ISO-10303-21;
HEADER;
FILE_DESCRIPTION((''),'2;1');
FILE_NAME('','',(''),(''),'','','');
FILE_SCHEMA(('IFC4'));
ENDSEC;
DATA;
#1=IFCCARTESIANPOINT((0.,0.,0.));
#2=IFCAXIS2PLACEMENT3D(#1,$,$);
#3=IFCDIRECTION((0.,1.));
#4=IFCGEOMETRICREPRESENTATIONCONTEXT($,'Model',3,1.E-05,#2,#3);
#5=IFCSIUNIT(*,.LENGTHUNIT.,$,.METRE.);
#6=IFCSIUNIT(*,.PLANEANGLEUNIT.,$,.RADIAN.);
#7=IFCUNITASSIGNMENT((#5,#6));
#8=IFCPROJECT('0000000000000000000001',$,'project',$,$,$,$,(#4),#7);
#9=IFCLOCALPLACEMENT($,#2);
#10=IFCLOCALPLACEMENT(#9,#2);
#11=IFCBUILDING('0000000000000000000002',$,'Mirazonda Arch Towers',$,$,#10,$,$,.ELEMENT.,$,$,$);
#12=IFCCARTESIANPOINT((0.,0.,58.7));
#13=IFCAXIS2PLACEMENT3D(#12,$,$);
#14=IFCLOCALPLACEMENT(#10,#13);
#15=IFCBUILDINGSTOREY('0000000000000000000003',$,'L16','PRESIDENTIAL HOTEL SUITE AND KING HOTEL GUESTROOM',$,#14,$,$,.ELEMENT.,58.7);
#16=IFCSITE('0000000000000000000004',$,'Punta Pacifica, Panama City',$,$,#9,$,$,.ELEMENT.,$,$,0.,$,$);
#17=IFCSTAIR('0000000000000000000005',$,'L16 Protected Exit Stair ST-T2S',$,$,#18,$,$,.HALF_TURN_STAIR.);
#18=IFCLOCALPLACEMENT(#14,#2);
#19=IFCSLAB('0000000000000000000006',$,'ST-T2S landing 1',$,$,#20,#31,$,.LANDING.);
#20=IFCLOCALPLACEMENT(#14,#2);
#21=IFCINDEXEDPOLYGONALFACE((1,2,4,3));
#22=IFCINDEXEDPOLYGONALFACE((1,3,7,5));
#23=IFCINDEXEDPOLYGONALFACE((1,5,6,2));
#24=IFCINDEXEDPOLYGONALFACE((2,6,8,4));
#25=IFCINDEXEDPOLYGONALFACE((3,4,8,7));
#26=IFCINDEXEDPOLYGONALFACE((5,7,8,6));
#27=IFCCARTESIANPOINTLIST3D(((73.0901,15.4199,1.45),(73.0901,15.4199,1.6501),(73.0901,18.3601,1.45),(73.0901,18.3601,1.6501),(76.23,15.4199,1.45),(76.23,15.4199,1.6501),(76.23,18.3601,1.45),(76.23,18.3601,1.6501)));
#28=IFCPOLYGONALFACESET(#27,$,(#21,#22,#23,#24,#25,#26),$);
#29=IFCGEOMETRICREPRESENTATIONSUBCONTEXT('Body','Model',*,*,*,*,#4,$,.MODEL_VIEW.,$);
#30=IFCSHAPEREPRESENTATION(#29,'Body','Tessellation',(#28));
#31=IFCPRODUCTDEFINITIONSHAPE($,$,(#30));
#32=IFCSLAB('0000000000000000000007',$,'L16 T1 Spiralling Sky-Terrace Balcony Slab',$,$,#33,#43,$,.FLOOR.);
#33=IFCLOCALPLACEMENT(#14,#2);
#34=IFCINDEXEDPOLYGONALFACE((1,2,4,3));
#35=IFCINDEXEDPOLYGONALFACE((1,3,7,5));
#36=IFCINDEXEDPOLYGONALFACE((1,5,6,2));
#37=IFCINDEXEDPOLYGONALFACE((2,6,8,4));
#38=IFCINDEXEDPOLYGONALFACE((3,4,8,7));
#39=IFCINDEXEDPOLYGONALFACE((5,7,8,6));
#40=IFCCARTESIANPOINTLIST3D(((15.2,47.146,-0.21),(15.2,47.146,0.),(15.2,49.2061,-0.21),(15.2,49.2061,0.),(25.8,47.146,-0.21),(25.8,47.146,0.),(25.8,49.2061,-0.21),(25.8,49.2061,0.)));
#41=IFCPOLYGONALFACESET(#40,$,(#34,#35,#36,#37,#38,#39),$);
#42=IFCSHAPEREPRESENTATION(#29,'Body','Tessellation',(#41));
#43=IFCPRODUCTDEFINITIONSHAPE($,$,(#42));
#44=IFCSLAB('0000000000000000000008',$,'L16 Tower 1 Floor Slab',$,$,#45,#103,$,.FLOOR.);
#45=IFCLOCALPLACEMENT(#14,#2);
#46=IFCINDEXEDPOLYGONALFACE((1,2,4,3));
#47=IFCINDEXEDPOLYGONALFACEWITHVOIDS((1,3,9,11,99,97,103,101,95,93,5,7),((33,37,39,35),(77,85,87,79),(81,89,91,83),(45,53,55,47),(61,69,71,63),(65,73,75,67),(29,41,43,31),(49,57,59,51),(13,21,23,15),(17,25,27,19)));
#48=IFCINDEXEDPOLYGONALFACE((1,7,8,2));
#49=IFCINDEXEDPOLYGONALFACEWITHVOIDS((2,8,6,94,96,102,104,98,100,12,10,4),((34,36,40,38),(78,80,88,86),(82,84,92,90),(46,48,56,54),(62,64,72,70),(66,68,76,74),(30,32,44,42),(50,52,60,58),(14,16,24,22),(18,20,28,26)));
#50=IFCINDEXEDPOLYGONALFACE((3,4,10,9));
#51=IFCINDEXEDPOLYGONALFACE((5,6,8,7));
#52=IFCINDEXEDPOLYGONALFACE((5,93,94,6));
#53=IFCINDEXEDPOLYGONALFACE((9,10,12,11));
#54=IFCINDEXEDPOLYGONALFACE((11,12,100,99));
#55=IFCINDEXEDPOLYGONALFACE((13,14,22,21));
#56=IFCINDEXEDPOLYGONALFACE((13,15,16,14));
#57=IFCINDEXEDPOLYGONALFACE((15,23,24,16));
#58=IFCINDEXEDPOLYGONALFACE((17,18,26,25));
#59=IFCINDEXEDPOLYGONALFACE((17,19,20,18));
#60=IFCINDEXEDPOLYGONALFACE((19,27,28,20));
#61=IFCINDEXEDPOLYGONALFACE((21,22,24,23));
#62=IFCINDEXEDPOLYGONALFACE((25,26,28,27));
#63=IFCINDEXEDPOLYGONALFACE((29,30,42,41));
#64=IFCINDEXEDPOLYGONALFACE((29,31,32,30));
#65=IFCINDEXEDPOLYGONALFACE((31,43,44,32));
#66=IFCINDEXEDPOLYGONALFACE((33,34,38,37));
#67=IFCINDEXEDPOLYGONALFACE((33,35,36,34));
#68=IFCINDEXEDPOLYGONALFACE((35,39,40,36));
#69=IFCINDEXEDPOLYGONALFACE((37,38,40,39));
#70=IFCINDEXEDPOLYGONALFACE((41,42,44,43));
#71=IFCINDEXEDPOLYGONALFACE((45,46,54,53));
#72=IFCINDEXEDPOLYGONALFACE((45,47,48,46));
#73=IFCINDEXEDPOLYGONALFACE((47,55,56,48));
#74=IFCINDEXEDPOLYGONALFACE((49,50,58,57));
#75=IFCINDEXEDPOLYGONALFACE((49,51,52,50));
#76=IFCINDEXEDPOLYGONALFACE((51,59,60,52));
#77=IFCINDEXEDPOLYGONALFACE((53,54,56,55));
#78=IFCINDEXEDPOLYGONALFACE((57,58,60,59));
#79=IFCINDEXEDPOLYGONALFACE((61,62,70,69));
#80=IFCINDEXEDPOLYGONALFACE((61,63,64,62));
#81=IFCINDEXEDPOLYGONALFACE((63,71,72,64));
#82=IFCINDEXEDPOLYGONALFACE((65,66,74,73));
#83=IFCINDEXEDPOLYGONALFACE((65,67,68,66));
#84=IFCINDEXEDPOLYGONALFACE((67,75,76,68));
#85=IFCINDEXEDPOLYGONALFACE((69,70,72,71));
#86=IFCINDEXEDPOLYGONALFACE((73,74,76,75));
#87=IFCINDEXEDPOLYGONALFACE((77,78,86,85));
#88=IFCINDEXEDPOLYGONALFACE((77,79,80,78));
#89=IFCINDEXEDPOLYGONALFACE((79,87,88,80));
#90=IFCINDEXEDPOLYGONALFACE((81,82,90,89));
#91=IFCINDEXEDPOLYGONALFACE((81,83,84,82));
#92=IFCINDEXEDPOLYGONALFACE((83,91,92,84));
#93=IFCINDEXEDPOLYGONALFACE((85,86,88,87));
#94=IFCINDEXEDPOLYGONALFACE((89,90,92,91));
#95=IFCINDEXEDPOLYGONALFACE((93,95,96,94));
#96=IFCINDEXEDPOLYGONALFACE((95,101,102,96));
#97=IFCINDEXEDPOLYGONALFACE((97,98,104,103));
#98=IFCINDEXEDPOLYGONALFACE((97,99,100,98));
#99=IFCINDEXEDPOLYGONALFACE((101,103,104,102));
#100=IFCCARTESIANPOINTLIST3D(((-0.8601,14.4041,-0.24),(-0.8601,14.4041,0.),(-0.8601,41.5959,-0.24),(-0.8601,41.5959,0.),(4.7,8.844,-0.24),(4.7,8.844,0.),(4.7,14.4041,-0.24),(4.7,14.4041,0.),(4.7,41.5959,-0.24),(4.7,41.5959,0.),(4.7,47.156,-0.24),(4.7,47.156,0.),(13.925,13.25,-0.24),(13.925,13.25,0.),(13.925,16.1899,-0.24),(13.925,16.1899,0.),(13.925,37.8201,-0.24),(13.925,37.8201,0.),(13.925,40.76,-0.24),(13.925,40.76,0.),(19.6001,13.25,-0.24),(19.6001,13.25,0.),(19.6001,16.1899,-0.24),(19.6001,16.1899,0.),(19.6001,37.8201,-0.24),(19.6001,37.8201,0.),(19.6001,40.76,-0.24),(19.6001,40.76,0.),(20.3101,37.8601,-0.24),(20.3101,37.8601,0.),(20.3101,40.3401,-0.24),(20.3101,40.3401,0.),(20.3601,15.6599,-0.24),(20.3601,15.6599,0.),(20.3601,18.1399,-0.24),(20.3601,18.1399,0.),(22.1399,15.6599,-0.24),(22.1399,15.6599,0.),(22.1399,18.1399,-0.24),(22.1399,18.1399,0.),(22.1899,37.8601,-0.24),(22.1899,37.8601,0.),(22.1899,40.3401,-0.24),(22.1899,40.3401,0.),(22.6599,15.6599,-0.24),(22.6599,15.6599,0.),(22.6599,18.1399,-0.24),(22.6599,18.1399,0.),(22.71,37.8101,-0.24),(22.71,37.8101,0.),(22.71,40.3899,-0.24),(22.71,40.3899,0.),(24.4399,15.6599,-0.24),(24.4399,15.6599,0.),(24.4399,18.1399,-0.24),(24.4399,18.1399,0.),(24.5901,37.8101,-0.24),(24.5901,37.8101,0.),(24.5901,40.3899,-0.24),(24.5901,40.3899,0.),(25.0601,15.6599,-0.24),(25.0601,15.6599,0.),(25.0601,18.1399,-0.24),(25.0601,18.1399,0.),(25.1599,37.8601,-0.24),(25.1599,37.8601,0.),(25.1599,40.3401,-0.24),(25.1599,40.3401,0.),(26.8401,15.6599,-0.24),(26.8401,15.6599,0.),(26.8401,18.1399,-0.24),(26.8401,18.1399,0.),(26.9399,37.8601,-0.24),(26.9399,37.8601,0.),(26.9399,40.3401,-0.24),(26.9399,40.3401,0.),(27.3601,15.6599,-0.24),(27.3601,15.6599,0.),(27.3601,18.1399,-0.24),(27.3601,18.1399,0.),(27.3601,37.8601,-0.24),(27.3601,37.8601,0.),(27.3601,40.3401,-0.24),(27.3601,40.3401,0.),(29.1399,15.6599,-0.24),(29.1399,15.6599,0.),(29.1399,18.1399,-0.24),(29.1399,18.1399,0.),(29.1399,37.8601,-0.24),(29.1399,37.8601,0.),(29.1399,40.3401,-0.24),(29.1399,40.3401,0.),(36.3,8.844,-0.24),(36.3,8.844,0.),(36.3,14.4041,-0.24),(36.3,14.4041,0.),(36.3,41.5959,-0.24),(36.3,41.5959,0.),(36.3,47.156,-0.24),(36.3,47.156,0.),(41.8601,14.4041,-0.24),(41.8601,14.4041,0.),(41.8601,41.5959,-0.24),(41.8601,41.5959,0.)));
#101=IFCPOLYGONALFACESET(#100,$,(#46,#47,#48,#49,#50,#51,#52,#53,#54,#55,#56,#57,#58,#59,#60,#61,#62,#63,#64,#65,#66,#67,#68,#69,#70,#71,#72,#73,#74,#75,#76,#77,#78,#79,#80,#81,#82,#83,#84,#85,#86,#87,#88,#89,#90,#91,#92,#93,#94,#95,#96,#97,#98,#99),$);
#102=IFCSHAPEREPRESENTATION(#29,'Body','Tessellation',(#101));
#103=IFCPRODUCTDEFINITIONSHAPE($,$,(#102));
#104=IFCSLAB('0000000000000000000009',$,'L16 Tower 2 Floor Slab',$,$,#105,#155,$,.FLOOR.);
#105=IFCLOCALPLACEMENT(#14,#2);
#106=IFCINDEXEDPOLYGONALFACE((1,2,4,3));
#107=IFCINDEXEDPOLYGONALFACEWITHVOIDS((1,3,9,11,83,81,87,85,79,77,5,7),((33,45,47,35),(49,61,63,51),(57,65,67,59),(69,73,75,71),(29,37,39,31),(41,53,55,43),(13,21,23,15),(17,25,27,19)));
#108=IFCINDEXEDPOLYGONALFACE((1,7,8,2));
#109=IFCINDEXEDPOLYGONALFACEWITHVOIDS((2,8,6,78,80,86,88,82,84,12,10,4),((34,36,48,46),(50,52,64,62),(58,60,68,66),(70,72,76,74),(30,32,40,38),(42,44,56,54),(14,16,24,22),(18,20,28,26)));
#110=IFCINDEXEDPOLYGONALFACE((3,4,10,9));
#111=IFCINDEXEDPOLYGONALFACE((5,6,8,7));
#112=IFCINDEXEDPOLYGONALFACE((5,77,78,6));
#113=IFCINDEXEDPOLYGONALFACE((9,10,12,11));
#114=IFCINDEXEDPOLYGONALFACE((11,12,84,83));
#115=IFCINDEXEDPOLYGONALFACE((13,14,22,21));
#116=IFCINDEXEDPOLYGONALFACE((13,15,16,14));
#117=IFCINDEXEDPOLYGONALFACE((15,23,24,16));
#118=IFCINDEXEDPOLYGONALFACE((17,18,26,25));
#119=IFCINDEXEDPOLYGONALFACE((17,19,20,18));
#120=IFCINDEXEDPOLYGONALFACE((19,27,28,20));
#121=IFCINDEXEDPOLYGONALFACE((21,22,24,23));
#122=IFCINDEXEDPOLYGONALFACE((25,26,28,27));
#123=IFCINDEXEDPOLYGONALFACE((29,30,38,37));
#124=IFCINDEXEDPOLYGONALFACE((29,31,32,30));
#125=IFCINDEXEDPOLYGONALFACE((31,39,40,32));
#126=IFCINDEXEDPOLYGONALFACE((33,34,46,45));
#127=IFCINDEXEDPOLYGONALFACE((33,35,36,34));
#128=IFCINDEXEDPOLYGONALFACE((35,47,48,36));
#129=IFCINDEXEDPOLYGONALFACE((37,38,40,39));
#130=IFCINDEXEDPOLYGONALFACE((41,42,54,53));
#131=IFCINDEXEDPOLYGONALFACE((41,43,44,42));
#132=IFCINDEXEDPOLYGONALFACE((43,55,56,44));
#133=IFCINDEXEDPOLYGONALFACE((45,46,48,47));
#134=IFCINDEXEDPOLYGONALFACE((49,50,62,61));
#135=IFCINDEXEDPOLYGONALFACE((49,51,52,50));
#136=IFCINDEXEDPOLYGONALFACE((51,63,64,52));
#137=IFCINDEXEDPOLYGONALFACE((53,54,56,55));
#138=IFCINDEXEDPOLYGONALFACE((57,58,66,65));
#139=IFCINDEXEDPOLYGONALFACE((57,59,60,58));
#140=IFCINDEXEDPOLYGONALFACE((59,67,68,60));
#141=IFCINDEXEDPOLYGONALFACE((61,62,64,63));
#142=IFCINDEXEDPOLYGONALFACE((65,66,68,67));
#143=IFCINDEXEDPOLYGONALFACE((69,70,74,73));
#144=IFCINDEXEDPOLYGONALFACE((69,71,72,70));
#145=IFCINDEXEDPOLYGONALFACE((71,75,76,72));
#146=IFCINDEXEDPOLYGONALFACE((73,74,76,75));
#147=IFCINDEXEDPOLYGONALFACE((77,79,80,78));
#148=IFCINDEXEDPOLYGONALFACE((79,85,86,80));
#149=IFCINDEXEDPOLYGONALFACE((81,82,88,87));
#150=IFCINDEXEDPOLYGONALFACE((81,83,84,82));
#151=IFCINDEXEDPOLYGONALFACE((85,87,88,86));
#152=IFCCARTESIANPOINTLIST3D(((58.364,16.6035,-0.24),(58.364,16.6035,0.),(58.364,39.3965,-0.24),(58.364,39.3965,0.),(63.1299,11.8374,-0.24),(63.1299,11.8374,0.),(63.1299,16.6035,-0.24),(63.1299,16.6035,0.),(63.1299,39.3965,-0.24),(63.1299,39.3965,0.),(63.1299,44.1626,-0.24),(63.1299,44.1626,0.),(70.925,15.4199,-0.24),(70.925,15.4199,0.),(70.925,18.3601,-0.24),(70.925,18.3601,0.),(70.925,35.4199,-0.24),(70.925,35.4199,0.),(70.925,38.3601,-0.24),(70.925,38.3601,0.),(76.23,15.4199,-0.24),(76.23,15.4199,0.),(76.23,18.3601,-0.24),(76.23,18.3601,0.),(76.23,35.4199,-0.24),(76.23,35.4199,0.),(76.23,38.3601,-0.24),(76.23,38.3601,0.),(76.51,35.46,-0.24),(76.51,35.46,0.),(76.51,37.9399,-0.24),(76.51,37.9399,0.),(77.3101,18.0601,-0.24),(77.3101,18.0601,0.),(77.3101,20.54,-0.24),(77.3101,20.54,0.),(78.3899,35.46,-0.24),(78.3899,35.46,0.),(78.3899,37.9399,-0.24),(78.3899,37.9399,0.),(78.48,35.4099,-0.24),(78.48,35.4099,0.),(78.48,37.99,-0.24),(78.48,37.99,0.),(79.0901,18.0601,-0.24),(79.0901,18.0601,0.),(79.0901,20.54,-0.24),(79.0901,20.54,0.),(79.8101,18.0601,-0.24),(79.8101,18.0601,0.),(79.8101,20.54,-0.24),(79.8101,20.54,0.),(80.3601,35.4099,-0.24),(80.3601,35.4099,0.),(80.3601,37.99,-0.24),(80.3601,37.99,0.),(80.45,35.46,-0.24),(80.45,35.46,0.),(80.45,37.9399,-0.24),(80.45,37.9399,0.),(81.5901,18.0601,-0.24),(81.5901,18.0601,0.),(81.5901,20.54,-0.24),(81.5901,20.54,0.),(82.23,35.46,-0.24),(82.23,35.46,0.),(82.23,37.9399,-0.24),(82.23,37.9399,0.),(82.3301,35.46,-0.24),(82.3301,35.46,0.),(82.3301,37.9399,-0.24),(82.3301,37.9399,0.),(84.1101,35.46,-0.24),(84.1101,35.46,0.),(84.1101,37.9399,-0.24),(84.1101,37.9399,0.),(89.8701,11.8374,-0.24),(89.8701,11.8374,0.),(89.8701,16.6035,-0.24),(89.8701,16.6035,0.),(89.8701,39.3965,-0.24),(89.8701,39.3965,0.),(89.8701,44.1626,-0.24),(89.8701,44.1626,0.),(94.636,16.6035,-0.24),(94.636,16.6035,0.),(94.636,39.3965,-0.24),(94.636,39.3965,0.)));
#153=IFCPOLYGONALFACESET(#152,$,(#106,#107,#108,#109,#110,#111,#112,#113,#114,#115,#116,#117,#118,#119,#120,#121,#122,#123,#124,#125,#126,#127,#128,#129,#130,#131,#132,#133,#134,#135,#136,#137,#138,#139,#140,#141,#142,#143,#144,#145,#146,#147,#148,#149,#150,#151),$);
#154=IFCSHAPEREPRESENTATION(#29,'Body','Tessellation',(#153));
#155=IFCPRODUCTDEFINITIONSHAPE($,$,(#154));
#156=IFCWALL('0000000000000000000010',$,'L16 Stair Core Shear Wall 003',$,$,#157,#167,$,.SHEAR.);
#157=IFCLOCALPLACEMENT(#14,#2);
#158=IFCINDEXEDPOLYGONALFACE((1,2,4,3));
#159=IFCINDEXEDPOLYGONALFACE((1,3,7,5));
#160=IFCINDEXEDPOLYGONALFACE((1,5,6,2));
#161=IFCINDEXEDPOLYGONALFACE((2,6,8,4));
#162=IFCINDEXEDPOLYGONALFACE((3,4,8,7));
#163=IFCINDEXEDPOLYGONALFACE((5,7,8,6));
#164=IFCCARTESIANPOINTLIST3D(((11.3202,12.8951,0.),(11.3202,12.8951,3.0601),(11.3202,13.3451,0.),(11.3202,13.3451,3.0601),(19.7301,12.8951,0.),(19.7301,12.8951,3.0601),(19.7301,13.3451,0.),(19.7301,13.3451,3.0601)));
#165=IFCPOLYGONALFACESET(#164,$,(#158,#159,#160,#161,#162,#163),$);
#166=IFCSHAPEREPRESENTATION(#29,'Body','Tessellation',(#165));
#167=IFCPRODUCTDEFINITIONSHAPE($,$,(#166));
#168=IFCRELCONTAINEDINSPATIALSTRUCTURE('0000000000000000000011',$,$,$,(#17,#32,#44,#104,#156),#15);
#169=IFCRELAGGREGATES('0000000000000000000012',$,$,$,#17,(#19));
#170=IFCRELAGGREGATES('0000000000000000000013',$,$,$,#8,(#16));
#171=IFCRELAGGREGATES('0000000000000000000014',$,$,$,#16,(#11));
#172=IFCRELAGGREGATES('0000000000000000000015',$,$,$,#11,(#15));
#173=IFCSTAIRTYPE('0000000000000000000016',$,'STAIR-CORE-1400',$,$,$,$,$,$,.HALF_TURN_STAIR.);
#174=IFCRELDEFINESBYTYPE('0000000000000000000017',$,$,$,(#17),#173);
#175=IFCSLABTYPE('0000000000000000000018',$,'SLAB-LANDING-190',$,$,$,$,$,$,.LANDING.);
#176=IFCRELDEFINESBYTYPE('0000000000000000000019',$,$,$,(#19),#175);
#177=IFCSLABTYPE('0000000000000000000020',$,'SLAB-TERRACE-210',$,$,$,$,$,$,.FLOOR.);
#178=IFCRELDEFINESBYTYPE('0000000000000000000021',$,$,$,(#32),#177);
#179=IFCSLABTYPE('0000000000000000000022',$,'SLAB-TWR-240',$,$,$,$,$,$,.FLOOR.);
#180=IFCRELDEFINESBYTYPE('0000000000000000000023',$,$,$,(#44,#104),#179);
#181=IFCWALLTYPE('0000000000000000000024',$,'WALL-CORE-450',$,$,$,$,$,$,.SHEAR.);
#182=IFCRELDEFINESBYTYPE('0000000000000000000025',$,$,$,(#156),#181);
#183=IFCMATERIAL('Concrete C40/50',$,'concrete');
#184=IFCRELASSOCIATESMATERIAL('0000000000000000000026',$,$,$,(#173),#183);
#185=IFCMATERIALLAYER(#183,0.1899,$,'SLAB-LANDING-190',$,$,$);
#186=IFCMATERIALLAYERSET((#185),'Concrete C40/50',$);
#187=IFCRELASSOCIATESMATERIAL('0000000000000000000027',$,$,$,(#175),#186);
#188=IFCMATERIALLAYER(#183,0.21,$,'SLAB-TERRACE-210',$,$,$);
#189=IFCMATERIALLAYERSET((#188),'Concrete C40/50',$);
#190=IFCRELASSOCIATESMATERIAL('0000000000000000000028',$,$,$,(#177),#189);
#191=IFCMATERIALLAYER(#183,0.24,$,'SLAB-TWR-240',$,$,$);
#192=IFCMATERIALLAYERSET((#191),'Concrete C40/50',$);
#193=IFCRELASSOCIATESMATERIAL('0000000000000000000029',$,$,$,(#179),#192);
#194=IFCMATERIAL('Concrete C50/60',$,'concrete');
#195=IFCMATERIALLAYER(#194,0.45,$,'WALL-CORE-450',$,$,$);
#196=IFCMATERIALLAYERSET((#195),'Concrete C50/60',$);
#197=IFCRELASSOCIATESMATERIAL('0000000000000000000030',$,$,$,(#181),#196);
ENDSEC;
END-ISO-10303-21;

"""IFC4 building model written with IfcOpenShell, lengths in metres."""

from ifc_helpers import new_model, si_unit, direction, frame, frame_2d, origin, place, context, subcontext, project, spatial, polyline, rectangle, outline, extrude, material, layer, layer_set, type_object, element, aggregate, save


model = new_model("IFC4")

# Units and contexts
model_context = context("Model", 3, precision=1e-05, world=origin(), true_north=direction((0.0, 1.0)))
body_context = subcontext(model_context, "Body", "Model", "MODEL_VIEW")
ifc_project = project(units=[si_unit("LENGTHUNIT", "METRE"), si_unit("PLANEANGLEUNIT", "RADIAN")], contexts=[model_context])

# Site, building, storey
site_placement = place(None, origin())
site = spatial("IfcSite", under=ifc_project, at=site_placement, Name="Punta Pacifica, Panama City", CompositionType="ELEMENT", RefElevation=0.0)
building_placement = place(site_placement, origin())
building = spatial("IfcBuilding", under=site, at=building_placement, Name="Mirazonda Arch Towers", CompositionType="ELEMENT")
storey_placement = place(building_placement, frame((0.0, 0.0, 58.7)))
storey = spatial("IfcBuildingStorey", under=building, at=storey_placement, Name="L16", Description="PRESIDENTIAL HOTEL SUITE AND KING HOTEL GUESTROOM", CompositionType="ELEMENT", Elevation=58.7)

# Stair, slab
ifc_material_1 = material(Name="Concrete C40/50", Category="concrete")
stair_type = type_object("IfcStairType", Name="STAIR-CORE-1400", PredefinedType="HALF_TURN_STAIR", material=ifc_material_1)
ifc_layer_1 = layer(ifc_material_1, 0.1899, Name="SLAB-LANDING-190")
ifc_layer_set_1 = layer_set([ifc_layer_1], Name="Concrete C40/50")
slab_type_1 = type_object("IfcSlabType", Name="SLAB-LANDING-190", PredefinedType="LANDING", material=ifc_layer_set_1)
stair_1_placement = place(storey_placement, origin())
stair_1 = element("IfcStair", 1, at=stair_1_placement, inside=storey, type_object=stair_type, Name="L16 Protected Exit Stair ST-T2S", PredefinedType="HALF_TURN_STAIR")
slab_1_placement = place(storey_placement, frame((0.0, 0.0, 1.45)))
slab_1 = element("IfcSlab", 2, at=slab_1_placement, type_object=slab_type_1, Name="ST-T2S landing 1", PredefinedType="LANDING", context=body_context, shape_type="SweptSolid", body=[
    extrude(outline(polyline([(73.0901, 15.4199), (76.23, 15.4199), (76.23, 18.3601), (73.0901, 18.3601), (73.0901, 15.4199)])), origin(), (0.0, 0.0, 1.0), 0.2002),
])
aggregate(stair_1, [slab_1])

# Slabs
ifc_layer_2 = layer(ifc_material_1, 0.21, Name="SLAB-TERRACE-210")
ifc_layer_set_2 = layer_set([ifc_layer_2], Name="Concrete C40/50")
slab_type_2 = type_object("IfcSlabType", Name="SLAB-TERRACE-210", PredefinedType="FLOOR", material=ifc_layer_set_2)
slab_2_placement = place(storey_placement, frame((0.0, 0.0, -0.21)))
element("IfcSlab", 3, at=slab_2_placement, inside=storey, type_object=slab_type_2, Name="L16 T1 Spiralling Sky-Terrace Balcony Slab", PredefinedType="FLOOR", context=body_context, shape_type="SweptSolid", body=[
    extrude(outline(polyline([(15.2, 47.146), (25.8, 47.146), (25.8, 49.2061), (15.2, 49.2061), (15.2, 47.146)])), origin(), (0.0, 0.0, 1.0), 0.21),
])
ifc_layer_3 = layer(ifc_material_1, 0.24, Name="SLAB-TWR-240")
ifc_layer_set_3 = layer_set([ifc_layer_3], Name="Concrete C40/50")
slab_type_3 = type_object("IfcSlabType", Name="SLAB-TWR-240", PredefinedType="FLOOR", material=ifc_layer_set_3)
slab_3_placement = place(storey_placement, frame((0.0, 0.0, -0.24)))
element("IfcSlab", 4, at=slab_3_placement, inside=storey, type_object=slab_type_3, Name="L16 Tower 1 Floor Slab", PredefinedType="FLOOR", context=body_context, shape_type="SweptSolid", body=[
    extrude(outline(polyline([(4.7, 8.844), (36.3, 8.844), (36.3, 14.4041), (41.8601, 14.4041), (41.8601, 41.5959), (36.3, 41.5959), (36.3, 47.156), (4.7, 47.156), (4.7, 41.5959), (-0.8601, 41.5959), (-0.8601, 14.4041), (4.7, 14.4041), (4.7, 8.844)]), holes=[polyline([(29.1399, 18.1399), (29.1399, 15.6599), (27.3601, 15.6599), (27.3601, 18.1399), (29.1399, 18.1399)]), polyline([(29.1399, 40.3401), (29.1399, 37.8601), (27.3601, 37.8601), (27.3601, 40.3401), (29.1399, 40.3401)]), polyline([(25.1599, 40.3401), (26.9399, 40.3401), (26.9399, 37.8601), (25.1599, 37.8601), (25.1599, 40.3401)]), polyline([(26.8401, 18.1399), (26.8401, 15.6599), (25.0601, 15.6599), (25.0601, 18.1399), (26.8401, 18.1399)]), polyline([(22.71, 40.3899), (24.5901, 40.3899), (24.5901, 37.8101), (22.71, 37.8101), (22.71, 40.3899)]), polyline([(22.6599, 18.1399), (24.4399, 18.1399), (24.4399, 15.6599), (22.6599, 15.6599), (22.6599, 18.1399)]), polyline([(20.3101, 40.3401), (22.1899, 40.3401), (22.1899, 37.8601), (20.3101, 37.8601), (20.3101, 40.3401)]), polyline([(20.3601, 18.1399), (22.1399, 18.1399), (22.1399, 15.6599), (20.3601, 15.6599), (20.3601, 18.1399)]), polyline([(13.925, 40.76), (19.6001, 40.76), (19.6001, 37.8201), (13.925, 37.8201), (13.925, 40.76)]), polyline([(13.925, 13.25), (13.925, 16.1899), (19.6001, 16.1899), (19.6001, 13.25), (13.925, 13.25)])]), origin(), (0.0, 0.0, 1.0), 0.24),
])
slab_4_placement = place(storey_placement, frame((0.0, 0.0, -0.24)))
element("IfcSlab", 5, at=slab_4_placement, inside=storey, type_object=slab_type_3, Name="L16 Tower 2 Floor Slab", PredefinedType="FLOOR", context=body_context, shape_type="SweptSolid", body=[
    extrude(outline(polyline([(63.1299, 11.8374), (89.8701, 11.8374), (89.8701, 16.6035), (94.636, 16.6035), (94.636, 39.3965), (89.8701, 39.3965), (89.8701, 44.1626), (63.1299, 44.1626), (63.1299, 39.3965), (58.364, 39.3965), (58.364, 16.6035), (63.1299, 16.6035), (63.1299, 11.8374)]), holes=[polyline([(82.3301, 37.9399), (84.1101, 37.9399), (84.1101, 35.46), (82.3301, 35.46), (82.3301, 37.9399)]), polyline([(80.45, 37.9399), (82.23, 37.9399), (82.23, 35.46), (80.45, 35.46), (80.45, 37.9399)]), polyline([(79.8101, 20.54), (81.5901, 20.54), (81.5901, 18.0601), (79.8101, 18.0601), (79.8101, 20.54)]), polyline([(78.48, 37.99), (80.3601, 37.99), (80.3601, 35.4099), (78.48, 35.4099), (78.48, 37.99)]), polyline([(77.3101, 20.54), (79.0901, 20.54), (79.0901, 18.0601), (77.3101, 18.0601), (77.3101, 20.54)]), polyline([(76.51, 37.9399), (78.3899, 37.9399), (78.3899, 35.46), (76.51, 35.46), (76.51, 37.9399)]), polyline([(70.925, 15.4199), (70.925, 18.3601), (76.23, 18.3601), (76.23, 15.4199), (70.925, 15.4199)]), polyline([(70.925, 35.4199), (70.925, 38.3601), (76.23, 38.3601), (76.23, 35.4199), (70.925, 35.4199)])]), origin(), (0.0, 0.0, 1.0), 0.24),
])

# Wall
ifc_material_2 = material(Name="Concrete C50/60", Category="concrete")
ifc_layer_4 = layer(ifc_material_2, 0.45, Name="WALL-CORE-450")
ifc_layer_set_4 = layer_set([ifc_layer_4], Name="Concrete C50/60")
wall_type_1 = type_object("IfcWallType", Name="WALL-CORE-450", PredefinedType="SHEAR", material=ifc_layer_set_4)
wall_1_placement = place(storey_placement, frame((11.3201, 13.1201, 0.0), z_axis=(0.0, 0.0, 1.0), x_axis=(1.0, 0.0, 0.0)))
element("IfcWall", 6, at=wall_1_placement, inside=storey, type_object=wall_type_1, Name="L16 Stair Core Shear Wall 003", PredefinedType="SHEAR", context=body_context, shape_type="SweptSolid", body=[
    extrude(rectangle(XDim=8.4099, YDim=0.45, at=frame_2d((4.2051, 0.0))), origin(), (0.0, 0.0, 1.0), 3.0601),
])

save(model, "model.ifc")
